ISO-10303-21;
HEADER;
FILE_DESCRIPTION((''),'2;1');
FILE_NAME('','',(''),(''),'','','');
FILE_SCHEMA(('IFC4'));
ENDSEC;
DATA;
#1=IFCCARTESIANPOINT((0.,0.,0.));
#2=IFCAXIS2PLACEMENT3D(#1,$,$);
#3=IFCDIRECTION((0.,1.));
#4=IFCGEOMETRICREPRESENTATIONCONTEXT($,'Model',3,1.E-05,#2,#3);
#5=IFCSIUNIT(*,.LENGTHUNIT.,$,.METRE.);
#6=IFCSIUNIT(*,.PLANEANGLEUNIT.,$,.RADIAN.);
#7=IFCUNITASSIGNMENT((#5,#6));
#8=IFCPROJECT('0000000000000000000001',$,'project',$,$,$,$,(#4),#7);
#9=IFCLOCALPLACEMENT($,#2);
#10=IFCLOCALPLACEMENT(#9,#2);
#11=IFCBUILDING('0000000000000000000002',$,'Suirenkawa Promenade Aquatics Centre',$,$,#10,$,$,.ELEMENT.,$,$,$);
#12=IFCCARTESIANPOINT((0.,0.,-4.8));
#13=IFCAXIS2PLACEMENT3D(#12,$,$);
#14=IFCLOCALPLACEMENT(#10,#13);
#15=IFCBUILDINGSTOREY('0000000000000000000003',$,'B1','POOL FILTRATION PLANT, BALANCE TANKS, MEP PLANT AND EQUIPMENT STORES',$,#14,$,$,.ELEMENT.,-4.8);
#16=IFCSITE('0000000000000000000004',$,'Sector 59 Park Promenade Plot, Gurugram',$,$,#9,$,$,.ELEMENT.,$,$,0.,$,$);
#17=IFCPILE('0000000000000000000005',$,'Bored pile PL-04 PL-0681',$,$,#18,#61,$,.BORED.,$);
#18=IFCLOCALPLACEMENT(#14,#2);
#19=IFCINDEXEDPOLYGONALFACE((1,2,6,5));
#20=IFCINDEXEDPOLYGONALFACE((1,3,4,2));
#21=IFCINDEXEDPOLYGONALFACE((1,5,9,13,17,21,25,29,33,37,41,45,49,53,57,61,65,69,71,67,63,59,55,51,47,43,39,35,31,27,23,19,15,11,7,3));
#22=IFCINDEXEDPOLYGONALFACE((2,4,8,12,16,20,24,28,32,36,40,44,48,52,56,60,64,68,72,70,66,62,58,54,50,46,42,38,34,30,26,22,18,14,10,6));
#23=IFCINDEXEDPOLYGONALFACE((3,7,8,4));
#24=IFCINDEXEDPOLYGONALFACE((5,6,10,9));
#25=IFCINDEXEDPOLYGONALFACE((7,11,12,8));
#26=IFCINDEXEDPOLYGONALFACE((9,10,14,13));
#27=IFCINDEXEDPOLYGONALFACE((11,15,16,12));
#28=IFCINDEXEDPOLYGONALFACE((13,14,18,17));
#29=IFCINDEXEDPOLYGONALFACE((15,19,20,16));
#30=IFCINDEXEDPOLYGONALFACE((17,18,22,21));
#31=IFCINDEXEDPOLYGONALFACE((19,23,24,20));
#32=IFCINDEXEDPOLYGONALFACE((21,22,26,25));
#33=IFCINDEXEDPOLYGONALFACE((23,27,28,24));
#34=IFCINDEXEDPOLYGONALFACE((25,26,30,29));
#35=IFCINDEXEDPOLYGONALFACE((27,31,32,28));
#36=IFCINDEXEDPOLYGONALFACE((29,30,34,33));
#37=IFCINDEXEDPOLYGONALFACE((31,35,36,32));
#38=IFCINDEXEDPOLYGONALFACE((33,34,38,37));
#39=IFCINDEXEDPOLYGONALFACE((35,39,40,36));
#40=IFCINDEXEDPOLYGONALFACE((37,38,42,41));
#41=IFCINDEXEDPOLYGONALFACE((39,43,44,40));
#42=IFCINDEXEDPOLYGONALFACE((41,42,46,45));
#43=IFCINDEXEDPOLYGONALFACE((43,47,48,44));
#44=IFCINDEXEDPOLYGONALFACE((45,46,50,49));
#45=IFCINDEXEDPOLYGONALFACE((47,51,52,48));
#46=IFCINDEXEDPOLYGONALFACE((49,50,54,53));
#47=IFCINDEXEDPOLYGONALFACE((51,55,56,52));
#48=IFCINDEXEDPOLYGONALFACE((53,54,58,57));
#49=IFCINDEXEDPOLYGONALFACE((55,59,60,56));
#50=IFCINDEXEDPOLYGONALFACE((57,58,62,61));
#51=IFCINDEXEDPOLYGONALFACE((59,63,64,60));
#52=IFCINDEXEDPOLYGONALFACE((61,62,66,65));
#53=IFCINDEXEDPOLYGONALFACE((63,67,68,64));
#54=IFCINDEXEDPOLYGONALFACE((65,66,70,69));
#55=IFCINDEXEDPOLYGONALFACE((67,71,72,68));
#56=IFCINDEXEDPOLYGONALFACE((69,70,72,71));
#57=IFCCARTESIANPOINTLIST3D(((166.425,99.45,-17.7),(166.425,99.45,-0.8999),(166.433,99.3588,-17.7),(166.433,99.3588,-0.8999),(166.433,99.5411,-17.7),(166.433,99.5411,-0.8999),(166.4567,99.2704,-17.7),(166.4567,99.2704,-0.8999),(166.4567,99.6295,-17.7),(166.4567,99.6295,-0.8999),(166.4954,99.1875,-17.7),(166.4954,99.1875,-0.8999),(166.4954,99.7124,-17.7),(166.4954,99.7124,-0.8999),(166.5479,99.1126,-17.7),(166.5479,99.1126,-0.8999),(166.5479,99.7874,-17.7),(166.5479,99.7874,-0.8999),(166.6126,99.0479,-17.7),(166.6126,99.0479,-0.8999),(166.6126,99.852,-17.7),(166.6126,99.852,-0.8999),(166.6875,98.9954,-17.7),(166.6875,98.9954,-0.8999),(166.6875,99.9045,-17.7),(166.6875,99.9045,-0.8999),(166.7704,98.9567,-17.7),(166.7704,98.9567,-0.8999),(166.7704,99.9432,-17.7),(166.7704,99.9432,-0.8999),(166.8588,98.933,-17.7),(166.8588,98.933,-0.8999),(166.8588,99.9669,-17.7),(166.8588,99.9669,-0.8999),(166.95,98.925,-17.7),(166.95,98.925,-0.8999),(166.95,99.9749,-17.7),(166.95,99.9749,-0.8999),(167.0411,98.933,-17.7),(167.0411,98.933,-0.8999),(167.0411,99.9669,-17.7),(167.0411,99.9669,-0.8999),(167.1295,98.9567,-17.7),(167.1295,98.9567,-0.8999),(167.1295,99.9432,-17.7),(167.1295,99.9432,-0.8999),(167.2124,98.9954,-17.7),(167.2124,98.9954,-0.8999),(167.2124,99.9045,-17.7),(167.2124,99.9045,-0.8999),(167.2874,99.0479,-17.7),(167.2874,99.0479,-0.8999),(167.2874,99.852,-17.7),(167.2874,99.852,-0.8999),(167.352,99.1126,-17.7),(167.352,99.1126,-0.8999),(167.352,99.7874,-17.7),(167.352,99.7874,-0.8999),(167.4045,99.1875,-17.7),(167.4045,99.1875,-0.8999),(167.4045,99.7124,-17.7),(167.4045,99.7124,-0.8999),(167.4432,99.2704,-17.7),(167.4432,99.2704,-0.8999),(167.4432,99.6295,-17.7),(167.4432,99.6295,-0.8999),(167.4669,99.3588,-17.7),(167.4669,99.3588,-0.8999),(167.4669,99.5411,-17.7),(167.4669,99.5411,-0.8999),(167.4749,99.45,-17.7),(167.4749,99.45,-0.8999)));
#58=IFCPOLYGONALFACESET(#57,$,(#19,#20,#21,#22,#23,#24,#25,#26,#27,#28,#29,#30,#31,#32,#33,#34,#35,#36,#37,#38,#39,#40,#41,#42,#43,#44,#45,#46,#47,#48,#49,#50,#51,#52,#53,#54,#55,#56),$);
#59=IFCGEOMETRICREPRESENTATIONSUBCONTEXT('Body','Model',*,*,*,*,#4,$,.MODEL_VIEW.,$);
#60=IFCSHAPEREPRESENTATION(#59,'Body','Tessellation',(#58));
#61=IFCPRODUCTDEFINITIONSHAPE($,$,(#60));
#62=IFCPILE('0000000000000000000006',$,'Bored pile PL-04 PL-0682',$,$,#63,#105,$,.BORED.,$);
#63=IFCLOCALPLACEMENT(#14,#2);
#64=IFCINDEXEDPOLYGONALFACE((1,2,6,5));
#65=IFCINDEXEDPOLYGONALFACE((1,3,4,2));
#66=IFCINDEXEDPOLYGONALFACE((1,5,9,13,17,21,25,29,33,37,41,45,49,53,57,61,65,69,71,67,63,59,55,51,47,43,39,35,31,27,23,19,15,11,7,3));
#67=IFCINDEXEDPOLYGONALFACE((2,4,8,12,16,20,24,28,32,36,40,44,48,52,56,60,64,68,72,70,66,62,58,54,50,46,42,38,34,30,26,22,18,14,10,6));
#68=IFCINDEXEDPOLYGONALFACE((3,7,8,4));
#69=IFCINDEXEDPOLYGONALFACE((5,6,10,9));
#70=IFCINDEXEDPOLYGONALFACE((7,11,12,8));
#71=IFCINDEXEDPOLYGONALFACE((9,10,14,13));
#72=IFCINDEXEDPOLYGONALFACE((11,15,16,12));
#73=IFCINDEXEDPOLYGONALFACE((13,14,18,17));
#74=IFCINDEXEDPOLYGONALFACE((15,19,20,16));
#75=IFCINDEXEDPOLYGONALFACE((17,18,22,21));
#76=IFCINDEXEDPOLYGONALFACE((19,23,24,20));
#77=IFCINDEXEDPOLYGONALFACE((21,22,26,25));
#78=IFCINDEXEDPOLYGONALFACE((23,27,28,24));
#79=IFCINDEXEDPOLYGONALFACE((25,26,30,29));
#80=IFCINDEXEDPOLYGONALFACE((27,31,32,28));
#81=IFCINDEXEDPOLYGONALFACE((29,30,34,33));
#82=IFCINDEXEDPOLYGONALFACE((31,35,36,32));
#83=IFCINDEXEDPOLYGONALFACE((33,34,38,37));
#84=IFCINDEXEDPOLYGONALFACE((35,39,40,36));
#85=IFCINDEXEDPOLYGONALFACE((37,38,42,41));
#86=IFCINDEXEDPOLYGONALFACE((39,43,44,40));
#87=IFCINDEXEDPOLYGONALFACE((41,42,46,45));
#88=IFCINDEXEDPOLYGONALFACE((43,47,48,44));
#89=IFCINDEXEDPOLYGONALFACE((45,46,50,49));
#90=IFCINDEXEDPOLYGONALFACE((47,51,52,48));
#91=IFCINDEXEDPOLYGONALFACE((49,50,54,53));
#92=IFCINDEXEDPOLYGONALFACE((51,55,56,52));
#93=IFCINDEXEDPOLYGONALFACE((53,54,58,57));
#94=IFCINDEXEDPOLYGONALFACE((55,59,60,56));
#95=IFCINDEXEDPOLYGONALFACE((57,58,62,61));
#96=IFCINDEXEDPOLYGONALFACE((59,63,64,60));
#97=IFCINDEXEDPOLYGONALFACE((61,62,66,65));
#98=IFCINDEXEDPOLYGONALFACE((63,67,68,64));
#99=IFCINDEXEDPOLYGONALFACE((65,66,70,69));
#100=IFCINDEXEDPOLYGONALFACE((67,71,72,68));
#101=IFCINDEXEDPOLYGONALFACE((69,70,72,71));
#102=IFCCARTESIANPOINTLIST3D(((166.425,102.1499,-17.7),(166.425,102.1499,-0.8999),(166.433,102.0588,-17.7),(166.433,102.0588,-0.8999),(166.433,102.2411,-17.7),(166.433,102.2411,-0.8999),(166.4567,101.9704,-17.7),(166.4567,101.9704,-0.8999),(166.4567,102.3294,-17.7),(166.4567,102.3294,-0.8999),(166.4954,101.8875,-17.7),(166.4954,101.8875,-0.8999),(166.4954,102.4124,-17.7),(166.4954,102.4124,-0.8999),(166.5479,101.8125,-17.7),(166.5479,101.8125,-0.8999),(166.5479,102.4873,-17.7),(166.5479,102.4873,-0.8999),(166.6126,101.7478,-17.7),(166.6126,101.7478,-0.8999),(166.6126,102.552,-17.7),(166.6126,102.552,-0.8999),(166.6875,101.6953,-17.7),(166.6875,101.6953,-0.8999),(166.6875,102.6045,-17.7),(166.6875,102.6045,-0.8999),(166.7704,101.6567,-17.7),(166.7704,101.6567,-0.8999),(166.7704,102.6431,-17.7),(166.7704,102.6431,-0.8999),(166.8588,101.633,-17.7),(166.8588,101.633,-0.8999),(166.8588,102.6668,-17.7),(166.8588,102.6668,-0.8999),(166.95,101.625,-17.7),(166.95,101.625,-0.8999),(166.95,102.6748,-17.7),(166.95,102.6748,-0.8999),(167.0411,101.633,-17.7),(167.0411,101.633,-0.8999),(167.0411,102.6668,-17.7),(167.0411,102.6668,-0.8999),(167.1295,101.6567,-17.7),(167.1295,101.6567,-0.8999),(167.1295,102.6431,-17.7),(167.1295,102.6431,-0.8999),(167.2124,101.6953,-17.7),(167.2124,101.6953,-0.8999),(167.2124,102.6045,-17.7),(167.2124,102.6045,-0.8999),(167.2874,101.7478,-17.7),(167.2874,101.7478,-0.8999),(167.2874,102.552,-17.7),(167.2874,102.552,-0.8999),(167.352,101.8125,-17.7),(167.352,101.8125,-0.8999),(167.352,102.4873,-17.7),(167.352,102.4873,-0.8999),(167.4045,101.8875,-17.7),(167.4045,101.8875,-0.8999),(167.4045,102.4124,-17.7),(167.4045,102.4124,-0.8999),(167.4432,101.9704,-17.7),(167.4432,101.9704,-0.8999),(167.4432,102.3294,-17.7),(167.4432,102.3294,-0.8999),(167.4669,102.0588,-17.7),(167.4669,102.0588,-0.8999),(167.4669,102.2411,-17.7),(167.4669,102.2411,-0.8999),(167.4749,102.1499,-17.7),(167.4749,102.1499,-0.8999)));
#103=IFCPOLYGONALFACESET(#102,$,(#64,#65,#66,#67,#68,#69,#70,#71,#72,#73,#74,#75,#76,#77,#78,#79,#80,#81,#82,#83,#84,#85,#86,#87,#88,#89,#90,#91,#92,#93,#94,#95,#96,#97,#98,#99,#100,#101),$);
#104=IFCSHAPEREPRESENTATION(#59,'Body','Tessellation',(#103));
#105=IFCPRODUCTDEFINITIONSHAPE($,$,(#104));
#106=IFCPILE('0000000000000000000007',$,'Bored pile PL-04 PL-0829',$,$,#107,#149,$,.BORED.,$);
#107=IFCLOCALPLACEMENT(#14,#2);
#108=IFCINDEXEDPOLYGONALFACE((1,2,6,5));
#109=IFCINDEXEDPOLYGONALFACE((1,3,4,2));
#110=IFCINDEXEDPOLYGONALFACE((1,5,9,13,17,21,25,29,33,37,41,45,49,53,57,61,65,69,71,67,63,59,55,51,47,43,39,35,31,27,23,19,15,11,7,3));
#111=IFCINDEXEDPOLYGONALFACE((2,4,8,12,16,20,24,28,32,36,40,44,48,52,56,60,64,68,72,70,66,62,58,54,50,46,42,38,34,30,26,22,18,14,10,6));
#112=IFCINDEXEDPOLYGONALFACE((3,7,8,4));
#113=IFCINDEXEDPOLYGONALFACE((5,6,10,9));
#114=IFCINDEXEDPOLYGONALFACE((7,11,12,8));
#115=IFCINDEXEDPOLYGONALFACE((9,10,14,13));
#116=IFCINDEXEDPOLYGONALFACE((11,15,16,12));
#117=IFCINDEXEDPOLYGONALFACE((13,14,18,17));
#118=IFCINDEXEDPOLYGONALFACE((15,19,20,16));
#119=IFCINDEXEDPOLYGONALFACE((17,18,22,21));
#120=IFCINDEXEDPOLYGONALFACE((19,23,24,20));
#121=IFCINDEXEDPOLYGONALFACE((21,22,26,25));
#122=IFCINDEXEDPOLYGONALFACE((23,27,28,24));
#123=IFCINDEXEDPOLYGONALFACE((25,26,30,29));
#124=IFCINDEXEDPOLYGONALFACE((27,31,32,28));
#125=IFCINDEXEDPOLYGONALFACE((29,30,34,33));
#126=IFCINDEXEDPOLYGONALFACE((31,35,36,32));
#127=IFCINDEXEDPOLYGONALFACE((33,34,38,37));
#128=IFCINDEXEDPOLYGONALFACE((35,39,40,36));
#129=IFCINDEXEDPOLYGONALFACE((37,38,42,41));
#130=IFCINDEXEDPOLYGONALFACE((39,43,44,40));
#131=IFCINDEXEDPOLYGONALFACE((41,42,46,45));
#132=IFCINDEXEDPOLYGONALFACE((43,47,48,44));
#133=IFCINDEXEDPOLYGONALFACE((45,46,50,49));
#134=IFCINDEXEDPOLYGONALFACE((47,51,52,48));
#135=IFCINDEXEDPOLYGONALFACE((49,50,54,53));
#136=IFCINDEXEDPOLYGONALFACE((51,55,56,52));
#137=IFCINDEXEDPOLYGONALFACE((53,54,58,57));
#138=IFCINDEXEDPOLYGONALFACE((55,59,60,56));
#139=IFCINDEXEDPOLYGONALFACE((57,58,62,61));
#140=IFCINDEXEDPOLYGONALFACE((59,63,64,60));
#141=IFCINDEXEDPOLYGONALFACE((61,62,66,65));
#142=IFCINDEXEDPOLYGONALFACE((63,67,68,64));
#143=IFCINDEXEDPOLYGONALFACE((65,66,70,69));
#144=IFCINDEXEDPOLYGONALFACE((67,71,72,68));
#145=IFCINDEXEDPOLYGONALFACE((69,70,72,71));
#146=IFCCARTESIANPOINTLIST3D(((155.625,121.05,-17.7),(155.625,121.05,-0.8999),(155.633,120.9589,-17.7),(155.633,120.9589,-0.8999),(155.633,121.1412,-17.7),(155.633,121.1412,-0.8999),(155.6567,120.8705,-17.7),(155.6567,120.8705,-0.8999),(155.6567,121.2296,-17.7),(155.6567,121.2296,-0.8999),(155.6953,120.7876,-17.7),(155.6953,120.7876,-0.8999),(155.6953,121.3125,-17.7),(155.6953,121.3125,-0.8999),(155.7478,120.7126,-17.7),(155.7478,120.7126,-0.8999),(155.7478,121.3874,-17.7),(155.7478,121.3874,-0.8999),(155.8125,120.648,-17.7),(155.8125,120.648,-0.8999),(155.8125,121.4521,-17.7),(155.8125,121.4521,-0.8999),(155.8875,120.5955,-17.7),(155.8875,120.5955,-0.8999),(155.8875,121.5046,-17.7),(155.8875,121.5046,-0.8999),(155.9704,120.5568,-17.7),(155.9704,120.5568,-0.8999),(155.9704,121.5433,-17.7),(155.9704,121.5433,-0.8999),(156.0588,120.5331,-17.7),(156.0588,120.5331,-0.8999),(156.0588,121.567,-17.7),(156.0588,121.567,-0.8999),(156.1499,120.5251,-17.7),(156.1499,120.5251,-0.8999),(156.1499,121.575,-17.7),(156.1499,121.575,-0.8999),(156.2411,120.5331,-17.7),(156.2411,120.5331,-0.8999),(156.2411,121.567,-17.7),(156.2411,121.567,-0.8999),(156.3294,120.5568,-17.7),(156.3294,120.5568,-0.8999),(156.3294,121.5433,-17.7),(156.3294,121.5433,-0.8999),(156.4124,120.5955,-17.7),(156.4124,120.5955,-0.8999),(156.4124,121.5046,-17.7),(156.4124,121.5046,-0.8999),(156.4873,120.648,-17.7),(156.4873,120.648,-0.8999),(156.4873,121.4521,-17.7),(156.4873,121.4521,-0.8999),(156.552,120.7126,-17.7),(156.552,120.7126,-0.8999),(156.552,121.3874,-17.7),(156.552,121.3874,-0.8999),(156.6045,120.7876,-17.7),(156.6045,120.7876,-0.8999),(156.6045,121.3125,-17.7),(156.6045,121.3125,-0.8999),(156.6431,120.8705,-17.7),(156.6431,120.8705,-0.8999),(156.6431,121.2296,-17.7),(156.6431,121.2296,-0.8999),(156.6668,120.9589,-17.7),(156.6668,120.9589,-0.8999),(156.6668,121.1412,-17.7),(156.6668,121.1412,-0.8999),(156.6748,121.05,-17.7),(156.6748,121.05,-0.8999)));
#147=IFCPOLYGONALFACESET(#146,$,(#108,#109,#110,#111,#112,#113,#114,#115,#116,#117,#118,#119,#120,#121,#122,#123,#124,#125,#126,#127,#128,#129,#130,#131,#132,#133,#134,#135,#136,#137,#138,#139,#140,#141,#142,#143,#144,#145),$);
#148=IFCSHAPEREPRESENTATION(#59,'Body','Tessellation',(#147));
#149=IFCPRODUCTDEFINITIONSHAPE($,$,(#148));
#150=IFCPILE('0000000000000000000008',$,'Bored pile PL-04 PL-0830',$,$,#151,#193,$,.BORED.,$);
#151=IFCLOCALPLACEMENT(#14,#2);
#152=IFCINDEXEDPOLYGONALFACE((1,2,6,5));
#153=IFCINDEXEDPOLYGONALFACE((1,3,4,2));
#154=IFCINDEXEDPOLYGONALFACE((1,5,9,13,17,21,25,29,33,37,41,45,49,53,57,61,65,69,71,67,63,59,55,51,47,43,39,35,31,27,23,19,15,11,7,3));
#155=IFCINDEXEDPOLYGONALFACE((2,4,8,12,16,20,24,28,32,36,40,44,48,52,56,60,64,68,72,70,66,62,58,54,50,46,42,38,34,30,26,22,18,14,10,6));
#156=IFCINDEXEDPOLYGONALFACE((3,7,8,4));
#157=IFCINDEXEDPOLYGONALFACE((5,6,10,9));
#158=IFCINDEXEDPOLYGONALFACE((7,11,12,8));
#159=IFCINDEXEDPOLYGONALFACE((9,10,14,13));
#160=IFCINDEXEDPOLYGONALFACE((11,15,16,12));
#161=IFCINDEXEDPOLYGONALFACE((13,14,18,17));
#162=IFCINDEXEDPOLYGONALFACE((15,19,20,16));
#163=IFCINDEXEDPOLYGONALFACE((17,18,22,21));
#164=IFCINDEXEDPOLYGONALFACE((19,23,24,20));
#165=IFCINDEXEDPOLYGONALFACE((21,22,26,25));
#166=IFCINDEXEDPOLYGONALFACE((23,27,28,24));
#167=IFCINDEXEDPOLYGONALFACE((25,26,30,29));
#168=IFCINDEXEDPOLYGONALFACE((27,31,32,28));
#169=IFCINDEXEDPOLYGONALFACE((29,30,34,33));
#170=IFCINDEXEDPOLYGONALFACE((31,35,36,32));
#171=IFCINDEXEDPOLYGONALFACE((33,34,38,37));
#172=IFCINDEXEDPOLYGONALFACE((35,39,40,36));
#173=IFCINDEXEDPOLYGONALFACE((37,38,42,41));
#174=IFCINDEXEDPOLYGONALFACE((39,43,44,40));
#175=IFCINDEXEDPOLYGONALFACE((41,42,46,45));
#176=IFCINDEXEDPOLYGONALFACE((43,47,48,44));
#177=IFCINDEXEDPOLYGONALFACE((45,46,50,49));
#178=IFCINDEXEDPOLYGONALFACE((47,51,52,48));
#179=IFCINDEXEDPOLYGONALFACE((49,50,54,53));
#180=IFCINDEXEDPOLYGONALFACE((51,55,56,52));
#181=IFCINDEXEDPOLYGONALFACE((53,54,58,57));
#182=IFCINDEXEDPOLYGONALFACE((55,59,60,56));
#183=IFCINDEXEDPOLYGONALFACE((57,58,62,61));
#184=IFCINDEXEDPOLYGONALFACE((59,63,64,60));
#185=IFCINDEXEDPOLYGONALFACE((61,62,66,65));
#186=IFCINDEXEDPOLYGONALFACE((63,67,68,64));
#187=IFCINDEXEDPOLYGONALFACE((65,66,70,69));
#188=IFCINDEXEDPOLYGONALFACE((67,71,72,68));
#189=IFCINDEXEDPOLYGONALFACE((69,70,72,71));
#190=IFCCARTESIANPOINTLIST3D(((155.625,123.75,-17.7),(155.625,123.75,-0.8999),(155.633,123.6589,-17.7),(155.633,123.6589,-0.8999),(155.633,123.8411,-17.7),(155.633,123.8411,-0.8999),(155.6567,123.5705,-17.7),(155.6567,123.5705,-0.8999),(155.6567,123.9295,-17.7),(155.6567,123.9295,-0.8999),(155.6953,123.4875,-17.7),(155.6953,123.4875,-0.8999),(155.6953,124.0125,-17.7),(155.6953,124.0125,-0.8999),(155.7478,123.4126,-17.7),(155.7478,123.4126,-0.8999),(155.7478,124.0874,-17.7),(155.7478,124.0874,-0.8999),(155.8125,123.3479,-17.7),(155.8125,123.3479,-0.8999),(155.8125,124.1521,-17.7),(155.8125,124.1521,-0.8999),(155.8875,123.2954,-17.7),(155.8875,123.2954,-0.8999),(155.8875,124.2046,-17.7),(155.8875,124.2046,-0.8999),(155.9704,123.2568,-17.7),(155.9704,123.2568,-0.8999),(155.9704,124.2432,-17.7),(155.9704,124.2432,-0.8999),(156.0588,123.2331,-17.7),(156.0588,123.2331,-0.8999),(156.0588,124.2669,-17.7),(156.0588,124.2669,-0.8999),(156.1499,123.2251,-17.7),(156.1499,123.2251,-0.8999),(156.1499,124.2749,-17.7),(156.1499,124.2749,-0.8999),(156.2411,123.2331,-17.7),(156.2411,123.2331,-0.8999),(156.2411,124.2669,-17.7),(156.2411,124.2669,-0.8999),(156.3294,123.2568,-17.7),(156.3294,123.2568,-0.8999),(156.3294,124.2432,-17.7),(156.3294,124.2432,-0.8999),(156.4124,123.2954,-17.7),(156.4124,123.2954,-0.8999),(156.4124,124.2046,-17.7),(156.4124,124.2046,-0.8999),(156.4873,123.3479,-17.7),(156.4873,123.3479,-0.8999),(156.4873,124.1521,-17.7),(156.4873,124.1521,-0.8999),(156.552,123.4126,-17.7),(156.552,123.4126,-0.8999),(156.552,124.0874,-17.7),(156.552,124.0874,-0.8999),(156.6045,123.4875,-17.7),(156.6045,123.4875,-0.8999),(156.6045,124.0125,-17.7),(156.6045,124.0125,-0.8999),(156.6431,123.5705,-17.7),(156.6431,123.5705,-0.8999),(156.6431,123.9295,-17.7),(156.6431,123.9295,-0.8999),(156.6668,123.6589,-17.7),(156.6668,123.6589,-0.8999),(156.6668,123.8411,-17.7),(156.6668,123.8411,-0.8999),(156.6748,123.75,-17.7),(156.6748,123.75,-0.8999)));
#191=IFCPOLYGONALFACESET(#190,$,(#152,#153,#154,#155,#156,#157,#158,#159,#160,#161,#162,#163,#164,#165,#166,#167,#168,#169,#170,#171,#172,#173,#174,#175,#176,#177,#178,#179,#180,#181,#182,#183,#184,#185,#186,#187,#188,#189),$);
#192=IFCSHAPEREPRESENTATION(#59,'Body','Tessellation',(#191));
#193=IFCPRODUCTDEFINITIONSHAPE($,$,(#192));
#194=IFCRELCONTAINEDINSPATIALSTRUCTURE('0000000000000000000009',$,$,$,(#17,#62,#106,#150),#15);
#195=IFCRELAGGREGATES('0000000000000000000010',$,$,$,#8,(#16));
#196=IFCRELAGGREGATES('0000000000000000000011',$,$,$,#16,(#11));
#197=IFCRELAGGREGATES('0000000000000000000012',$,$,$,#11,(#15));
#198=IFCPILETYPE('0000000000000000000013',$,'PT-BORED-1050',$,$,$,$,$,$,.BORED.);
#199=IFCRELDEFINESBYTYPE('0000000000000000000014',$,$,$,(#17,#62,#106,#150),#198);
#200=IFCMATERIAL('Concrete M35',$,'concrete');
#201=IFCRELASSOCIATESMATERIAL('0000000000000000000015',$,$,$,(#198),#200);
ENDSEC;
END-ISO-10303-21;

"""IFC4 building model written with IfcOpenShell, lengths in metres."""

from ifc_helpers import new_model, si_unit, direction, frame, origin, origin_2d, place, context, subcontext, project, spatial, circle, extrude, material, material_profile, profile_set, type_object, element, save


model = new_model("IFC4")

# Units and contexts
model_context = context("Model", 3, precision=1e-05, world=origin(), true_north=direction((0.0, 1.0)))
body_context = subcontext(model_context, "Body", "Model", "MODEL_VIEW")
ifc_project = project(units=[si_unit("LENGTHUNIT", "METRE"), si_unit("PLANEANGLEUNIT", "RADIAN")], contexts=[model_context])

# Site, building, storey
site_placement = place(None, origin())
site = spatial("IfcSite", under=ifc_project, at=site_placement, Name="Sector 59 Park Promenade Plot, Gurugram", CompositionType="ELEMENT", RefElevation=0.0)
building_placement = place(site_placement, origin())
building = spatial("IfcBuilding", under=site, at=building_placement, Name="Suirenkawa Promenade Aquatics Centre", CompositionType="ELEMENT")
storey_placement = place(building_placement, frame((0.0, 0.0, -4.8)))
storey = spatial("IfcBuildingStorey", under=building, at=storey_placement, Name="B1", Description="POOL FILTRATION PLANT, BALANCE TANKS, MEP PLANT AND EQUIPMENT STORES", CompositionType="ELEMENT", Elevation=-4.8)

# Shared definitions
ifc_material_1 = material(Name="Concrete M35", Category="concrete")

# Piles
ifc_material_profile_1 = material_profile(ifc_material_1, circle(Radius=0.5249, at=origin_2d()), Name="PILE D1050", Category="concrete")
ifc_profile_set_1 = profile_set([ifc_material_profile_1], Name="Concrete M35")
pile_type_1 = type_object("IfcPileType", Name="PT-BORED-1050", PredefinedType="BORED", material=ifc_profile_set_1)
for number, where, z_axis, x_axis, name in (
    (1, (166.95, 99.45, -0.8999), (0.0, 0.0, -1.0), (1.0, 0.0, 0.0), "Bored pile PL-04 PL-0681"),
    (2, (166.95, 102.1499, -0.8999), (0.0, 0.0, -1.0), (1.0, 0.0, 0.0), "Bored pile PL-04 PL-0682"),
    (3, (156.1499, 121.05, -0.8999), (0.0, 0.0, -1.0), (1.0, 0.0, 0.0), "Bored pile PL-04 PL-0829"),
    (4, (156.1499, 123.75, -0.8999), (0.0, 0.0, -1.0), (1.0, 0.0, 0.0), "Bored pile PL-04 PL-0830"),
):
    element("IfcPile", number, at=place(storey_placement, frame(where, z_axis=z_axis, x_axis=x_axis)), inside=storey, type_object=pile_type_1, Name=name, PredefinedType="BORED", context=body_context, shape_type="SweptSolid", body=[
        extrude(circle(Radius=0.5249, at=origin_2d()), origin(), (0.0, 0.0, 1.0), 16.8),
    ])

save(model, "model.ifc")
